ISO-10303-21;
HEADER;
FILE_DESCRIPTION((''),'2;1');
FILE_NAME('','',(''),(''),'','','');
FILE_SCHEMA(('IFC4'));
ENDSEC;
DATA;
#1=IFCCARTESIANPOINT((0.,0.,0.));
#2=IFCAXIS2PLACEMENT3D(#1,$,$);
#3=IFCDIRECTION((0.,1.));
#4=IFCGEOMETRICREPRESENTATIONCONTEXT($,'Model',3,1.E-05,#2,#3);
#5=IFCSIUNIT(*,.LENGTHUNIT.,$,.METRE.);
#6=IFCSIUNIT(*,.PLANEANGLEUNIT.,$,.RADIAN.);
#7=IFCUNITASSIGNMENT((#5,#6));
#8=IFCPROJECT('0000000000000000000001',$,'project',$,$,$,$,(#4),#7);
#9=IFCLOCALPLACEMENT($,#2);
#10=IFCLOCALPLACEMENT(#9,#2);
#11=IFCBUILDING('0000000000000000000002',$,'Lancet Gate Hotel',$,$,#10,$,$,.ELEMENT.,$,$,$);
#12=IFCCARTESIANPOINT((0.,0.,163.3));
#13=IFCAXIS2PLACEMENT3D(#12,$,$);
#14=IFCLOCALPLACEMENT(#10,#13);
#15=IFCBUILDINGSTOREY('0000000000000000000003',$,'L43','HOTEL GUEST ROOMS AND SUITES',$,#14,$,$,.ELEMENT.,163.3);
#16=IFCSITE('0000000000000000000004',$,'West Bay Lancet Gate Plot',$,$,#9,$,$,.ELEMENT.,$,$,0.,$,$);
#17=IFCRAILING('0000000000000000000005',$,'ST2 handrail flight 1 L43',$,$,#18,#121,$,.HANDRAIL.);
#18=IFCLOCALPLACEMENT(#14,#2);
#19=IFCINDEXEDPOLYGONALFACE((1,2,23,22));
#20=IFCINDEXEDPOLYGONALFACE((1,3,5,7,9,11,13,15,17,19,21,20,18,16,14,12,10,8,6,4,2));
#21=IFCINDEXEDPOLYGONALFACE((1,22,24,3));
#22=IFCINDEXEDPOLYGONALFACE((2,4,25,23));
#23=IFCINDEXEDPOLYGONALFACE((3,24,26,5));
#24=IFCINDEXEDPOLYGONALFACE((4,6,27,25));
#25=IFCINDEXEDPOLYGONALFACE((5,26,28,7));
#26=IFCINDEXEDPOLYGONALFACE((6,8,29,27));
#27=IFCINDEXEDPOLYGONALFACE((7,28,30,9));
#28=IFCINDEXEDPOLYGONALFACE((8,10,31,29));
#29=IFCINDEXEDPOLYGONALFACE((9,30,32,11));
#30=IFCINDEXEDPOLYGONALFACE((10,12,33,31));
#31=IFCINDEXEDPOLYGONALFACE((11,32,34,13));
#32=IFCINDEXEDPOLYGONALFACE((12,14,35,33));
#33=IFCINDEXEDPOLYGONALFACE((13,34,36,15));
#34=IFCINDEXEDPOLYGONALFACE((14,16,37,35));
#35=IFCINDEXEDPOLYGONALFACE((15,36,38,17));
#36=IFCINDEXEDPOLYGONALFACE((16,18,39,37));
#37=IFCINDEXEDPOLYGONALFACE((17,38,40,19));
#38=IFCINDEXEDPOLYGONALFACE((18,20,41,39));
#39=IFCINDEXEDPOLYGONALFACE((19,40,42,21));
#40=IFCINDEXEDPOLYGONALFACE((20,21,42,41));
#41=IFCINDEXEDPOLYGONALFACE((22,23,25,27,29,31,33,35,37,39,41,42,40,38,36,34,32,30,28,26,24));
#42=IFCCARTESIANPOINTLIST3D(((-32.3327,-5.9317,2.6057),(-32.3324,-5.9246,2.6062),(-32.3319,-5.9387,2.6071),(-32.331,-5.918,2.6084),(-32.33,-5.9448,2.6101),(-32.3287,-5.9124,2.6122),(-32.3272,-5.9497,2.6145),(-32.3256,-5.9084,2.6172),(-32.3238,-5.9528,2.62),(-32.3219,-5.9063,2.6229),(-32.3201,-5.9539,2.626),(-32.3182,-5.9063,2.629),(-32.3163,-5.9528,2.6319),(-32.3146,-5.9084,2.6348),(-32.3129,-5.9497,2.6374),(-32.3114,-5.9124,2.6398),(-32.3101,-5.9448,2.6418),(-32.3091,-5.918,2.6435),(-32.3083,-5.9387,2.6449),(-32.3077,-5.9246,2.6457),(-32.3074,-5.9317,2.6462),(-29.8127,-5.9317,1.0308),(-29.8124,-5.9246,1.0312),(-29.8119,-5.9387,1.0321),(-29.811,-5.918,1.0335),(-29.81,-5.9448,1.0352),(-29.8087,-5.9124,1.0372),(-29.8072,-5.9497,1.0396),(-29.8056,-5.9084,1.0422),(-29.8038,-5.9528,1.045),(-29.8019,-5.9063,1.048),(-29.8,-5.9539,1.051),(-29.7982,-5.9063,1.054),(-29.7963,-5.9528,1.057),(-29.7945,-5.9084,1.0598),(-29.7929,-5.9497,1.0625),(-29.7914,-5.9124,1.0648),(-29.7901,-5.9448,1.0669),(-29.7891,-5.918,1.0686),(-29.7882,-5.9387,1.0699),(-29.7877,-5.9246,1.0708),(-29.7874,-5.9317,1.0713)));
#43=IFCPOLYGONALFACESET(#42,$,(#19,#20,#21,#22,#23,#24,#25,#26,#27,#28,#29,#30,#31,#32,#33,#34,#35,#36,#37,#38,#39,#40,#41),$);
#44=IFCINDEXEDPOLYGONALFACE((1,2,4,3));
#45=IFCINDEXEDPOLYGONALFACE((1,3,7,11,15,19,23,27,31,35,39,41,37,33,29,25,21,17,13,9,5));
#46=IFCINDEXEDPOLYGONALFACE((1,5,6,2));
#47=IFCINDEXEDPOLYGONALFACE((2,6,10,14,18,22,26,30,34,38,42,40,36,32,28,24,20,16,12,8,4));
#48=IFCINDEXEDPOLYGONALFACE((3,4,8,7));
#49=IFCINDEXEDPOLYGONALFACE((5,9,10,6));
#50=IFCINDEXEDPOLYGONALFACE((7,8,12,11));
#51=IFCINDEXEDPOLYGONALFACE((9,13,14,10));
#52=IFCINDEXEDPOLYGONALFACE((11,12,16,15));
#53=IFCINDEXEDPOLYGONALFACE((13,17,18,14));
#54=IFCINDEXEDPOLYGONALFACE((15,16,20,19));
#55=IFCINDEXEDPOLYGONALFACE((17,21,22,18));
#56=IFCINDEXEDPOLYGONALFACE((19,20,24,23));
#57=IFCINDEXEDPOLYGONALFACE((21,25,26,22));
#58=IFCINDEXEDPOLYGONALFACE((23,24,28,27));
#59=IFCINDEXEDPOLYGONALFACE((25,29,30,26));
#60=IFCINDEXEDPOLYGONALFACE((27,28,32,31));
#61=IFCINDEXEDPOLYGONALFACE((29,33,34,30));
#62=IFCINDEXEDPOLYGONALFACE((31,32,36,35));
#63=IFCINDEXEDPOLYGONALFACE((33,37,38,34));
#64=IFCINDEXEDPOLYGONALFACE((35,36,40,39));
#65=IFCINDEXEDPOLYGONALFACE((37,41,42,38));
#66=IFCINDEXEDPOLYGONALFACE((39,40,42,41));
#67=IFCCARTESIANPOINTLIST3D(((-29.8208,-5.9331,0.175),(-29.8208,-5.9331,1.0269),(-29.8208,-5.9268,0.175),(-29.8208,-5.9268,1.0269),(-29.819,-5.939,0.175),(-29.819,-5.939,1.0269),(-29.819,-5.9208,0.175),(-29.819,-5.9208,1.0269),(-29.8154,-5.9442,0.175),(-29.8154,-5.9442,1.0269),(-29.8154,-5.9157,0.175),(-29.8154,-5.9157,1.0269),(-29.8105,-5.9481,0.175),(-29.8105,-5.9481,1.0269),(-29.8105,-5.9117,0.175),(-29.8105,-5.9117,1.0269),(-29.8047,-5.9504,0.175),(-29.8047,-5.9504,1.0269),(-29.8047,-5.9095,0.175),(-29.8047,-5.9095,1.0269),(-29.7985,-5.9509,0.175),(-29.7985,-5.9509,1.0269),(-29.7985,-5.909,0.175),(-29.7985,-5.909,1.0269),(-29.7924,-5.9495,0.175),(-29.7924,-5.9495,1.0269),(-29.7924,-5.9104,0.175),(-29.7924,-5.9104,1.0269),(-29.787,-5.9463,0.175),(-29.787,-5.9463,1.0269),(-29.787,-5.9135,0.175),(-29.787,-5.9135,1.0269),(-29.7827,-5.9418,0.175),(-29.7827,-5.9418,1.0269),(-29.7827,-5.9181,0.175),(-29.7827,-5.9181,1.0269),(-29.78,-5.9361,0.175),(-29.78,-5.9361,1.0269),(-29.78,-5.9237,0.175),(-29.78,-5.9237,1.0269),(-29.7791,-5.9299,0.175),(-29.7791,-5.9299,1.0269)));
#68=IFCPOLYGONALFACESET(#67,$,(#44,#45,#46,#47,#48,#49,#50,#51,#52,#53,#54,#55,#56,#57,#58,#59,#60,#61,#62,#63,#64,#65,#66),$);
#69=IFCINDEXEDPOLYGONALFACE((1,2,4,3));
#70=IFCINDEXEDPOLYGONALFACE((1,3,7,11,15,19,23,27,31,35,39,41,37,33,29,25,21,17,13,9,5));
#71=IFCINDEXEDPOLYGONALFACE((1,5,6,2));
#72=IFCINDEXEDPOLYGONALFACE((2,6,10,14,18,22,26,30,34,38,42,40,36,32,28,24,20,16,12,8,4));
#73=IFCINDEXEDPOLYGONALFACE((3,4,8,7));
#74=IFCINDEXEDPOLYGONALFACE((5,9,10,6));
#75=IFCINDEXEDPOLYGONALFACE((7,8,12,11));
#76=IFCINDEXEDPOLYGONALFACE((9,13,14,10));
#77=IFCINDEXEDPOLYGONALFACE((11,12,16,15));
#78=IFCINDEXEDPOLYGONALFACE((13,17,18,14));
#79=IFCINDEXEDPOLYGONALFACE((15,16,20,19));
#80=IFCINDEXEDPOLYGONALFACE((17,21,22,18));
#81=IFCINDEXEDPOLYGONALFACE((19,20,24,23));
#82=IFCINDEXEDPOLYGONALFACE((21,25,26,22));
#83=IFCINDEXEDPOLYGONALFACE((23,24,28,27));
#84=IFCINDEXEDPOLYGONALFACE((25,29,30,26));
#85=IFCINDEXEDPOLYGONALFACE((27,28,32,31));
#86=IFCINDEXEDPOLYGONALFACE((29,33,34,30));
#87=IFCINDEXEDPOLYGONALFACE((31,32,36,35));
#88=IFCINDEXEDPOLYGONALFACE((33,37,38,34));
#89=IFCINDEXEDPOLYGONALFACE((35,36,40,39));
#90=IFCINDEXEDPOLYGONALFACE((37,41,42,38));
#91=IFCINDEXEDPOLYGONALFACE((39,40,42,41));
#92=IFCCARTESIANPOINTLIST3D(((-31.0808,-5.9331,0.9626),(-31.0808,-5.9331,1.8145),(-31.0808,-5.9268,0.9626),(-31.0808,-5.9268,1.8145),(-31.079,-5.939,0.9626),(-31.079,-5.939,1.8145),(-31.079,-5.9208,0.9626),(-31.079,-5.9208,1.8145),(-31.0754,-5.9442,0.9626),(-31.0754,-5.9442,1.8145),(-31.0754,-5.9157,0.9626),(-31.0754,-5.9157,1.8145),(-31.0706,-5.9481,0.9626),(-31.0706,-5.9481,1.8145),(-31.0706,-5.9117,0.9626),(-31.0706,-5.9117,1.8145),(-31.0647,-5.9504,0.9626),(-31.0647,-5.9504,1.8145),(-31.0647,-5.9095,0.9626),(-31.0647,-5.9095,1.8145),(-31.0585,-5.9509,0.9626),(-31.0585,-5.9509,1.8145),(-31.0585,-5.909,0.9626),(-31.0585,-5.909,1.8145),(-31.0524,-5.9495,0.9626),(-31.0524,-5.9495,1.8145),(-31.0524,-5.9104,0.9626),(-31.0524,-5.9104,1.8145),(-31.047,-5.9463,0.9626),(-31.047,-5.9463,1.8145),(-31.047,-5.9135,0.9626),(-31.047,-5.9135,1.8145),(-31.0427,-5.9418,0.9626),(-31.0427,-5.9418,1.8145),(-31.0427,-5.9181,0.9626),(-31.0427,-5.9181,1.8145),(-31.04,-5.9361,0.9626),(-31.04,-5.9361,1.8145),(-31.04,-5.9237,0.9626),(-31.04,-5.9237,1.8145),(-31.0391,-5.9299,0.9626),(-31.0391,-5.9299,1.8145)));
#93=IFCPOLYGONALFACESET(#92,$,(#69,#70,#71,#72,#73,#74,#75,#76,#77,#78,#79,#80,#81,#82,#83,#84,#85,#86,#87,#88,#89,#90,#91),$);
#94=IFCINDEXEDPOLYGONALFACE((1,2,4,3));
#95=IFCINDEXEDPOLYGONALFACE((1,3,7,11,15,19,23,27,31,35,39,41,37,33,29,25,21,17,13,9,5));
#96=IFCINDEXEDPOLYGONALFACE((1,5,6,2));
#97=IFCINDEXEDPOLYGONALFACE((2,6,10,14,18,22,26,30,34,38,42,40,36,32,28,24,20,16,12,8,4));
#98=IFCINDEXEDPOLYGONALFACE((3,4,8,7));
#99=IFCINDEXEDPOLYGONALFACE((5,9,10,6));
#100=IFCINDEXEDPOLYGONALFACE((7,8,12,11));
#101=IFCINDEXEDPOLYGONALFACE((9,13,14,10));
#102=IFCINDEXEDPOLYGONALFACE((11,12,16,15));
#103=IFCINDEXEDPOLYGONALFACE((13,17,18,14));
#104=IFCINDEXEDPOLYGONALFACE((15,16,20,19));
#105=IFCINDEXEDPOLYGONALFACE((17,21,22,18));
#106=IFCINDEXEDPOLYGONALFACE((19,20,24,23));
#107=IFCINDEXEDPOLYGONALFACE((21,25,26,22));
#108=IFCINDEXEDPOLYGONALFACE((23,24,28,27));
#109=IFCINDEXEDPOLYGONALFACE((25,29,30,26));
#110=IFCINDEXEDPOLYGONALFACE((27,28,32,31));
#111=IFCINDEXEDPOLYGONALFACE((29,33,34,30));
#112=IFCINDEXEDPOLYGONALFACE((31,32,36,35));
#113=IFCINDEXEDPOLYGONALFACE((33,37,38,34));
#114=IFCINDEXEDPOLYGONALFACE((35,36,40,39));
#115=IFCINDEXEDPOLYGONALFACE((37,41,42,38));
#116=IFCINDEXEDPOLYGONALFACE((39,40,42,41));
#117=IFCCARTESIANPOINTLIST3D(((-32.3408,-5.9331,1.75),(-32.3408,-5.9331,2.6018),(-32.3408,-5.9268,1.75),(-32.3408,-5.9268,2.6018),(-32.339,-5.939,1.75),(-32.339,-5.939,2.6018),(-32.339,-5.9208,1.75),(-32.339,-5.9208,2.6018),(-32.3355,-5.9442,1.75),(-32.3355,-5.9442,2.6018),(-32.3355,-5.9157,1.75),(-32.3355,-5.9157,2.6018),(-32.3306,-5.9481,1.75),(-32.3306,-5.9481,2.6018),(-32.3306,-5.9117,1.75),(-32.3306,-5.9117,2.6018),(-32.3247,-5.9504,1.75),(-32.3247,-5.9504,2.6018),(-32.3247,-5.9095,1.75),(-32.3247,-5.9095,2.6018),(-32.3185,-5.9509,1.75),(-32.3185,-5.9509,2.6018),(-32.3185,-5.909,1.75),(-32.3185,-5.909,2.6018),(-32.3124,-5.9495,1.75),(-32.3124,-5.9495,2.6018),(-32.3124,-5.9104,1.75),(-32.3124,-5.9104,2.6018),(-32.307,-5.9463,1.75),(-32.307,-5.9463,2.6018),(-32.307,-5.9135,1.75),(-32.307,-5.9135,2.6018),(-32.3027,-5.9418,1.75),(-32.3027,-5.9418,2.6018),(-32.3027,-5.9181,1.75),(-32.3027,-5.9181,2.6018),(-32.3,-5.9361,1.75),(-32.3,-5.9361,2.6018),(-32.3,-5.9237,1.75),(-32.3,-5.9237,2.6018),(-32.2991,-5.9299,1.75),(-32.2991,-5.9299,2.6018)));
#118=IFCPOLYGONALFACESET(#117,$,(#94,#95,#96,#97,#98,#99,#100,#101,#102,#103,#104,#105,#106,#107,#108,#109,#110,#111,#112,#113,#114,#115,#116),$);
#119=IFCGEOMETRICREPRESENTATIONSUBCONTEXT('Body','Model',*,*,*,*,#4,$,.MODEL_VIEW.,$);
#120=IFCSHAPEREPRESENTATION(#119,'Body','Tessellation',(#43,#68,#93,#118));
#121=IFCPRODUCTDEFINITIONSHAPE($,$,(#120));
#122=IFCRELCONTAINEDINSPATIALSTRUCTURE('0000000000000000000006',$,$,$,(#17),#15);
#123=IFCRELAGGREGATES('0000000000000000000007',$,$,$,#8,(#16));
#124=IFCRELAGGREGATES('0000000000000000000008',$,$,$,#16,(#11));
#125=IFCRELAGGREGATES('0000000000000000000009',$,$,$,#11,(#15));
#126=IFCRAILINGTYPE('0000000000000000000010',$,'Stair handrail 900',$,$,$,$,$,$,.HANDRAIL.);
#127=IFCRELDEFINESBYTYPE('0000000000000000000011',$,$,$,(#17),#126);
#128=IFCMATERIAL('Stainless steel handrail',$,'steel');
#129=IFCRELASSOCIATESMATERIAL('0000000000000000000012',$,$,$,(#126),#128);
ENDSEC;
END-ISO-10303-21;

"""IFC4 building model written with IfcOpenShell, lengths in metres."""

from ifc_helpers import new_model, si_unit, direction, frame, origin, origin_2d, place, context, subcontext, project, spatial, circle, extrude, material, type_object, element, save


model = new_model("IFC4")

# Units and contexts
model_context = context("Model", 3, precision=1e-05, world=origin(), true_north=direction((0.0, 1.0)))
body_context = subcontext(model_context, "Body", "Model", "MODEL_VIEW")
ifc_project = project(units=[si_unit("LENGTHUNIT", "METRE"), si_unit("PLANEANGLEUNIT", "RADIAN")], contexts=[model_context])

# Site, building, storey
site_placement = place(None, origin())
site = spatial("IfcSite", under=ifc_project, at=site_placement, Name="West Bay Lancet Gate Plot", CompositionType="ELEMENT", RefElevation=0.0)
building_placement = place(site_placement, origin())
building = spatial("IfcBuilding", under=site, at=building_placement, Name="Lancet Gate Hotel", CompositionType="ELEMENT")
storey_placement = place(building_placement, frame((0.0, 0.0, 163.3)))
storey = spatial("IfcBuildingStorey", under=building, at=storey_placement, Name="L43", Description="HOTEL GUEST ROOMS AND SUITES", CompositionType="ELEMENT", Elevation=163.3)

# Railing
ifc_material_1 = material(Name="Stainless steel handrail", Category="steel")
railing_type = type_object("IfcRailingType", Name="Stair handrail 900", PredefinedType="HANDRAIL", material=ifc_material_1)
railing_1_placement = place(storey_placement, frame((-29.8, -5.9299, 0.175)))
element("IfcRailing", 1, at=railing_1_placement, inside=storey, type_object=railing_type, Name="ST2 handrail flight 1 L43", PredefinedType="HANDRAIL", context=body_context, shape_type="SweptSolid", body=[
    extrude(circle(Radius=0.0239, at=origin_2d()), frame((0.0, 0.0, 0.876), z_axis=(-0.848008, 0.0, 0.529984), x_axis=(0.0, -1.0, 0.0)), (0.0, 0.0, 1.0), 2.9717),
    extrude(circle(Radius=0.021, at=origin_2d()), origin(), (0.0, 0.0, 1.0), 0.8518),
    extrude(circle(Radius=0.021, at=origin_2d()), frame((-1.26, 0.0, 0.7876)), (0.0, 0.0, 1.0), 0.8518),
    extrude(circle(Radius=0.021, at=origin_2d()), frame((-2.52, 0.0, 1.575)), (0.0, 0.0, 1.0), 0.8518),
])

save(model, "model.ifc")
